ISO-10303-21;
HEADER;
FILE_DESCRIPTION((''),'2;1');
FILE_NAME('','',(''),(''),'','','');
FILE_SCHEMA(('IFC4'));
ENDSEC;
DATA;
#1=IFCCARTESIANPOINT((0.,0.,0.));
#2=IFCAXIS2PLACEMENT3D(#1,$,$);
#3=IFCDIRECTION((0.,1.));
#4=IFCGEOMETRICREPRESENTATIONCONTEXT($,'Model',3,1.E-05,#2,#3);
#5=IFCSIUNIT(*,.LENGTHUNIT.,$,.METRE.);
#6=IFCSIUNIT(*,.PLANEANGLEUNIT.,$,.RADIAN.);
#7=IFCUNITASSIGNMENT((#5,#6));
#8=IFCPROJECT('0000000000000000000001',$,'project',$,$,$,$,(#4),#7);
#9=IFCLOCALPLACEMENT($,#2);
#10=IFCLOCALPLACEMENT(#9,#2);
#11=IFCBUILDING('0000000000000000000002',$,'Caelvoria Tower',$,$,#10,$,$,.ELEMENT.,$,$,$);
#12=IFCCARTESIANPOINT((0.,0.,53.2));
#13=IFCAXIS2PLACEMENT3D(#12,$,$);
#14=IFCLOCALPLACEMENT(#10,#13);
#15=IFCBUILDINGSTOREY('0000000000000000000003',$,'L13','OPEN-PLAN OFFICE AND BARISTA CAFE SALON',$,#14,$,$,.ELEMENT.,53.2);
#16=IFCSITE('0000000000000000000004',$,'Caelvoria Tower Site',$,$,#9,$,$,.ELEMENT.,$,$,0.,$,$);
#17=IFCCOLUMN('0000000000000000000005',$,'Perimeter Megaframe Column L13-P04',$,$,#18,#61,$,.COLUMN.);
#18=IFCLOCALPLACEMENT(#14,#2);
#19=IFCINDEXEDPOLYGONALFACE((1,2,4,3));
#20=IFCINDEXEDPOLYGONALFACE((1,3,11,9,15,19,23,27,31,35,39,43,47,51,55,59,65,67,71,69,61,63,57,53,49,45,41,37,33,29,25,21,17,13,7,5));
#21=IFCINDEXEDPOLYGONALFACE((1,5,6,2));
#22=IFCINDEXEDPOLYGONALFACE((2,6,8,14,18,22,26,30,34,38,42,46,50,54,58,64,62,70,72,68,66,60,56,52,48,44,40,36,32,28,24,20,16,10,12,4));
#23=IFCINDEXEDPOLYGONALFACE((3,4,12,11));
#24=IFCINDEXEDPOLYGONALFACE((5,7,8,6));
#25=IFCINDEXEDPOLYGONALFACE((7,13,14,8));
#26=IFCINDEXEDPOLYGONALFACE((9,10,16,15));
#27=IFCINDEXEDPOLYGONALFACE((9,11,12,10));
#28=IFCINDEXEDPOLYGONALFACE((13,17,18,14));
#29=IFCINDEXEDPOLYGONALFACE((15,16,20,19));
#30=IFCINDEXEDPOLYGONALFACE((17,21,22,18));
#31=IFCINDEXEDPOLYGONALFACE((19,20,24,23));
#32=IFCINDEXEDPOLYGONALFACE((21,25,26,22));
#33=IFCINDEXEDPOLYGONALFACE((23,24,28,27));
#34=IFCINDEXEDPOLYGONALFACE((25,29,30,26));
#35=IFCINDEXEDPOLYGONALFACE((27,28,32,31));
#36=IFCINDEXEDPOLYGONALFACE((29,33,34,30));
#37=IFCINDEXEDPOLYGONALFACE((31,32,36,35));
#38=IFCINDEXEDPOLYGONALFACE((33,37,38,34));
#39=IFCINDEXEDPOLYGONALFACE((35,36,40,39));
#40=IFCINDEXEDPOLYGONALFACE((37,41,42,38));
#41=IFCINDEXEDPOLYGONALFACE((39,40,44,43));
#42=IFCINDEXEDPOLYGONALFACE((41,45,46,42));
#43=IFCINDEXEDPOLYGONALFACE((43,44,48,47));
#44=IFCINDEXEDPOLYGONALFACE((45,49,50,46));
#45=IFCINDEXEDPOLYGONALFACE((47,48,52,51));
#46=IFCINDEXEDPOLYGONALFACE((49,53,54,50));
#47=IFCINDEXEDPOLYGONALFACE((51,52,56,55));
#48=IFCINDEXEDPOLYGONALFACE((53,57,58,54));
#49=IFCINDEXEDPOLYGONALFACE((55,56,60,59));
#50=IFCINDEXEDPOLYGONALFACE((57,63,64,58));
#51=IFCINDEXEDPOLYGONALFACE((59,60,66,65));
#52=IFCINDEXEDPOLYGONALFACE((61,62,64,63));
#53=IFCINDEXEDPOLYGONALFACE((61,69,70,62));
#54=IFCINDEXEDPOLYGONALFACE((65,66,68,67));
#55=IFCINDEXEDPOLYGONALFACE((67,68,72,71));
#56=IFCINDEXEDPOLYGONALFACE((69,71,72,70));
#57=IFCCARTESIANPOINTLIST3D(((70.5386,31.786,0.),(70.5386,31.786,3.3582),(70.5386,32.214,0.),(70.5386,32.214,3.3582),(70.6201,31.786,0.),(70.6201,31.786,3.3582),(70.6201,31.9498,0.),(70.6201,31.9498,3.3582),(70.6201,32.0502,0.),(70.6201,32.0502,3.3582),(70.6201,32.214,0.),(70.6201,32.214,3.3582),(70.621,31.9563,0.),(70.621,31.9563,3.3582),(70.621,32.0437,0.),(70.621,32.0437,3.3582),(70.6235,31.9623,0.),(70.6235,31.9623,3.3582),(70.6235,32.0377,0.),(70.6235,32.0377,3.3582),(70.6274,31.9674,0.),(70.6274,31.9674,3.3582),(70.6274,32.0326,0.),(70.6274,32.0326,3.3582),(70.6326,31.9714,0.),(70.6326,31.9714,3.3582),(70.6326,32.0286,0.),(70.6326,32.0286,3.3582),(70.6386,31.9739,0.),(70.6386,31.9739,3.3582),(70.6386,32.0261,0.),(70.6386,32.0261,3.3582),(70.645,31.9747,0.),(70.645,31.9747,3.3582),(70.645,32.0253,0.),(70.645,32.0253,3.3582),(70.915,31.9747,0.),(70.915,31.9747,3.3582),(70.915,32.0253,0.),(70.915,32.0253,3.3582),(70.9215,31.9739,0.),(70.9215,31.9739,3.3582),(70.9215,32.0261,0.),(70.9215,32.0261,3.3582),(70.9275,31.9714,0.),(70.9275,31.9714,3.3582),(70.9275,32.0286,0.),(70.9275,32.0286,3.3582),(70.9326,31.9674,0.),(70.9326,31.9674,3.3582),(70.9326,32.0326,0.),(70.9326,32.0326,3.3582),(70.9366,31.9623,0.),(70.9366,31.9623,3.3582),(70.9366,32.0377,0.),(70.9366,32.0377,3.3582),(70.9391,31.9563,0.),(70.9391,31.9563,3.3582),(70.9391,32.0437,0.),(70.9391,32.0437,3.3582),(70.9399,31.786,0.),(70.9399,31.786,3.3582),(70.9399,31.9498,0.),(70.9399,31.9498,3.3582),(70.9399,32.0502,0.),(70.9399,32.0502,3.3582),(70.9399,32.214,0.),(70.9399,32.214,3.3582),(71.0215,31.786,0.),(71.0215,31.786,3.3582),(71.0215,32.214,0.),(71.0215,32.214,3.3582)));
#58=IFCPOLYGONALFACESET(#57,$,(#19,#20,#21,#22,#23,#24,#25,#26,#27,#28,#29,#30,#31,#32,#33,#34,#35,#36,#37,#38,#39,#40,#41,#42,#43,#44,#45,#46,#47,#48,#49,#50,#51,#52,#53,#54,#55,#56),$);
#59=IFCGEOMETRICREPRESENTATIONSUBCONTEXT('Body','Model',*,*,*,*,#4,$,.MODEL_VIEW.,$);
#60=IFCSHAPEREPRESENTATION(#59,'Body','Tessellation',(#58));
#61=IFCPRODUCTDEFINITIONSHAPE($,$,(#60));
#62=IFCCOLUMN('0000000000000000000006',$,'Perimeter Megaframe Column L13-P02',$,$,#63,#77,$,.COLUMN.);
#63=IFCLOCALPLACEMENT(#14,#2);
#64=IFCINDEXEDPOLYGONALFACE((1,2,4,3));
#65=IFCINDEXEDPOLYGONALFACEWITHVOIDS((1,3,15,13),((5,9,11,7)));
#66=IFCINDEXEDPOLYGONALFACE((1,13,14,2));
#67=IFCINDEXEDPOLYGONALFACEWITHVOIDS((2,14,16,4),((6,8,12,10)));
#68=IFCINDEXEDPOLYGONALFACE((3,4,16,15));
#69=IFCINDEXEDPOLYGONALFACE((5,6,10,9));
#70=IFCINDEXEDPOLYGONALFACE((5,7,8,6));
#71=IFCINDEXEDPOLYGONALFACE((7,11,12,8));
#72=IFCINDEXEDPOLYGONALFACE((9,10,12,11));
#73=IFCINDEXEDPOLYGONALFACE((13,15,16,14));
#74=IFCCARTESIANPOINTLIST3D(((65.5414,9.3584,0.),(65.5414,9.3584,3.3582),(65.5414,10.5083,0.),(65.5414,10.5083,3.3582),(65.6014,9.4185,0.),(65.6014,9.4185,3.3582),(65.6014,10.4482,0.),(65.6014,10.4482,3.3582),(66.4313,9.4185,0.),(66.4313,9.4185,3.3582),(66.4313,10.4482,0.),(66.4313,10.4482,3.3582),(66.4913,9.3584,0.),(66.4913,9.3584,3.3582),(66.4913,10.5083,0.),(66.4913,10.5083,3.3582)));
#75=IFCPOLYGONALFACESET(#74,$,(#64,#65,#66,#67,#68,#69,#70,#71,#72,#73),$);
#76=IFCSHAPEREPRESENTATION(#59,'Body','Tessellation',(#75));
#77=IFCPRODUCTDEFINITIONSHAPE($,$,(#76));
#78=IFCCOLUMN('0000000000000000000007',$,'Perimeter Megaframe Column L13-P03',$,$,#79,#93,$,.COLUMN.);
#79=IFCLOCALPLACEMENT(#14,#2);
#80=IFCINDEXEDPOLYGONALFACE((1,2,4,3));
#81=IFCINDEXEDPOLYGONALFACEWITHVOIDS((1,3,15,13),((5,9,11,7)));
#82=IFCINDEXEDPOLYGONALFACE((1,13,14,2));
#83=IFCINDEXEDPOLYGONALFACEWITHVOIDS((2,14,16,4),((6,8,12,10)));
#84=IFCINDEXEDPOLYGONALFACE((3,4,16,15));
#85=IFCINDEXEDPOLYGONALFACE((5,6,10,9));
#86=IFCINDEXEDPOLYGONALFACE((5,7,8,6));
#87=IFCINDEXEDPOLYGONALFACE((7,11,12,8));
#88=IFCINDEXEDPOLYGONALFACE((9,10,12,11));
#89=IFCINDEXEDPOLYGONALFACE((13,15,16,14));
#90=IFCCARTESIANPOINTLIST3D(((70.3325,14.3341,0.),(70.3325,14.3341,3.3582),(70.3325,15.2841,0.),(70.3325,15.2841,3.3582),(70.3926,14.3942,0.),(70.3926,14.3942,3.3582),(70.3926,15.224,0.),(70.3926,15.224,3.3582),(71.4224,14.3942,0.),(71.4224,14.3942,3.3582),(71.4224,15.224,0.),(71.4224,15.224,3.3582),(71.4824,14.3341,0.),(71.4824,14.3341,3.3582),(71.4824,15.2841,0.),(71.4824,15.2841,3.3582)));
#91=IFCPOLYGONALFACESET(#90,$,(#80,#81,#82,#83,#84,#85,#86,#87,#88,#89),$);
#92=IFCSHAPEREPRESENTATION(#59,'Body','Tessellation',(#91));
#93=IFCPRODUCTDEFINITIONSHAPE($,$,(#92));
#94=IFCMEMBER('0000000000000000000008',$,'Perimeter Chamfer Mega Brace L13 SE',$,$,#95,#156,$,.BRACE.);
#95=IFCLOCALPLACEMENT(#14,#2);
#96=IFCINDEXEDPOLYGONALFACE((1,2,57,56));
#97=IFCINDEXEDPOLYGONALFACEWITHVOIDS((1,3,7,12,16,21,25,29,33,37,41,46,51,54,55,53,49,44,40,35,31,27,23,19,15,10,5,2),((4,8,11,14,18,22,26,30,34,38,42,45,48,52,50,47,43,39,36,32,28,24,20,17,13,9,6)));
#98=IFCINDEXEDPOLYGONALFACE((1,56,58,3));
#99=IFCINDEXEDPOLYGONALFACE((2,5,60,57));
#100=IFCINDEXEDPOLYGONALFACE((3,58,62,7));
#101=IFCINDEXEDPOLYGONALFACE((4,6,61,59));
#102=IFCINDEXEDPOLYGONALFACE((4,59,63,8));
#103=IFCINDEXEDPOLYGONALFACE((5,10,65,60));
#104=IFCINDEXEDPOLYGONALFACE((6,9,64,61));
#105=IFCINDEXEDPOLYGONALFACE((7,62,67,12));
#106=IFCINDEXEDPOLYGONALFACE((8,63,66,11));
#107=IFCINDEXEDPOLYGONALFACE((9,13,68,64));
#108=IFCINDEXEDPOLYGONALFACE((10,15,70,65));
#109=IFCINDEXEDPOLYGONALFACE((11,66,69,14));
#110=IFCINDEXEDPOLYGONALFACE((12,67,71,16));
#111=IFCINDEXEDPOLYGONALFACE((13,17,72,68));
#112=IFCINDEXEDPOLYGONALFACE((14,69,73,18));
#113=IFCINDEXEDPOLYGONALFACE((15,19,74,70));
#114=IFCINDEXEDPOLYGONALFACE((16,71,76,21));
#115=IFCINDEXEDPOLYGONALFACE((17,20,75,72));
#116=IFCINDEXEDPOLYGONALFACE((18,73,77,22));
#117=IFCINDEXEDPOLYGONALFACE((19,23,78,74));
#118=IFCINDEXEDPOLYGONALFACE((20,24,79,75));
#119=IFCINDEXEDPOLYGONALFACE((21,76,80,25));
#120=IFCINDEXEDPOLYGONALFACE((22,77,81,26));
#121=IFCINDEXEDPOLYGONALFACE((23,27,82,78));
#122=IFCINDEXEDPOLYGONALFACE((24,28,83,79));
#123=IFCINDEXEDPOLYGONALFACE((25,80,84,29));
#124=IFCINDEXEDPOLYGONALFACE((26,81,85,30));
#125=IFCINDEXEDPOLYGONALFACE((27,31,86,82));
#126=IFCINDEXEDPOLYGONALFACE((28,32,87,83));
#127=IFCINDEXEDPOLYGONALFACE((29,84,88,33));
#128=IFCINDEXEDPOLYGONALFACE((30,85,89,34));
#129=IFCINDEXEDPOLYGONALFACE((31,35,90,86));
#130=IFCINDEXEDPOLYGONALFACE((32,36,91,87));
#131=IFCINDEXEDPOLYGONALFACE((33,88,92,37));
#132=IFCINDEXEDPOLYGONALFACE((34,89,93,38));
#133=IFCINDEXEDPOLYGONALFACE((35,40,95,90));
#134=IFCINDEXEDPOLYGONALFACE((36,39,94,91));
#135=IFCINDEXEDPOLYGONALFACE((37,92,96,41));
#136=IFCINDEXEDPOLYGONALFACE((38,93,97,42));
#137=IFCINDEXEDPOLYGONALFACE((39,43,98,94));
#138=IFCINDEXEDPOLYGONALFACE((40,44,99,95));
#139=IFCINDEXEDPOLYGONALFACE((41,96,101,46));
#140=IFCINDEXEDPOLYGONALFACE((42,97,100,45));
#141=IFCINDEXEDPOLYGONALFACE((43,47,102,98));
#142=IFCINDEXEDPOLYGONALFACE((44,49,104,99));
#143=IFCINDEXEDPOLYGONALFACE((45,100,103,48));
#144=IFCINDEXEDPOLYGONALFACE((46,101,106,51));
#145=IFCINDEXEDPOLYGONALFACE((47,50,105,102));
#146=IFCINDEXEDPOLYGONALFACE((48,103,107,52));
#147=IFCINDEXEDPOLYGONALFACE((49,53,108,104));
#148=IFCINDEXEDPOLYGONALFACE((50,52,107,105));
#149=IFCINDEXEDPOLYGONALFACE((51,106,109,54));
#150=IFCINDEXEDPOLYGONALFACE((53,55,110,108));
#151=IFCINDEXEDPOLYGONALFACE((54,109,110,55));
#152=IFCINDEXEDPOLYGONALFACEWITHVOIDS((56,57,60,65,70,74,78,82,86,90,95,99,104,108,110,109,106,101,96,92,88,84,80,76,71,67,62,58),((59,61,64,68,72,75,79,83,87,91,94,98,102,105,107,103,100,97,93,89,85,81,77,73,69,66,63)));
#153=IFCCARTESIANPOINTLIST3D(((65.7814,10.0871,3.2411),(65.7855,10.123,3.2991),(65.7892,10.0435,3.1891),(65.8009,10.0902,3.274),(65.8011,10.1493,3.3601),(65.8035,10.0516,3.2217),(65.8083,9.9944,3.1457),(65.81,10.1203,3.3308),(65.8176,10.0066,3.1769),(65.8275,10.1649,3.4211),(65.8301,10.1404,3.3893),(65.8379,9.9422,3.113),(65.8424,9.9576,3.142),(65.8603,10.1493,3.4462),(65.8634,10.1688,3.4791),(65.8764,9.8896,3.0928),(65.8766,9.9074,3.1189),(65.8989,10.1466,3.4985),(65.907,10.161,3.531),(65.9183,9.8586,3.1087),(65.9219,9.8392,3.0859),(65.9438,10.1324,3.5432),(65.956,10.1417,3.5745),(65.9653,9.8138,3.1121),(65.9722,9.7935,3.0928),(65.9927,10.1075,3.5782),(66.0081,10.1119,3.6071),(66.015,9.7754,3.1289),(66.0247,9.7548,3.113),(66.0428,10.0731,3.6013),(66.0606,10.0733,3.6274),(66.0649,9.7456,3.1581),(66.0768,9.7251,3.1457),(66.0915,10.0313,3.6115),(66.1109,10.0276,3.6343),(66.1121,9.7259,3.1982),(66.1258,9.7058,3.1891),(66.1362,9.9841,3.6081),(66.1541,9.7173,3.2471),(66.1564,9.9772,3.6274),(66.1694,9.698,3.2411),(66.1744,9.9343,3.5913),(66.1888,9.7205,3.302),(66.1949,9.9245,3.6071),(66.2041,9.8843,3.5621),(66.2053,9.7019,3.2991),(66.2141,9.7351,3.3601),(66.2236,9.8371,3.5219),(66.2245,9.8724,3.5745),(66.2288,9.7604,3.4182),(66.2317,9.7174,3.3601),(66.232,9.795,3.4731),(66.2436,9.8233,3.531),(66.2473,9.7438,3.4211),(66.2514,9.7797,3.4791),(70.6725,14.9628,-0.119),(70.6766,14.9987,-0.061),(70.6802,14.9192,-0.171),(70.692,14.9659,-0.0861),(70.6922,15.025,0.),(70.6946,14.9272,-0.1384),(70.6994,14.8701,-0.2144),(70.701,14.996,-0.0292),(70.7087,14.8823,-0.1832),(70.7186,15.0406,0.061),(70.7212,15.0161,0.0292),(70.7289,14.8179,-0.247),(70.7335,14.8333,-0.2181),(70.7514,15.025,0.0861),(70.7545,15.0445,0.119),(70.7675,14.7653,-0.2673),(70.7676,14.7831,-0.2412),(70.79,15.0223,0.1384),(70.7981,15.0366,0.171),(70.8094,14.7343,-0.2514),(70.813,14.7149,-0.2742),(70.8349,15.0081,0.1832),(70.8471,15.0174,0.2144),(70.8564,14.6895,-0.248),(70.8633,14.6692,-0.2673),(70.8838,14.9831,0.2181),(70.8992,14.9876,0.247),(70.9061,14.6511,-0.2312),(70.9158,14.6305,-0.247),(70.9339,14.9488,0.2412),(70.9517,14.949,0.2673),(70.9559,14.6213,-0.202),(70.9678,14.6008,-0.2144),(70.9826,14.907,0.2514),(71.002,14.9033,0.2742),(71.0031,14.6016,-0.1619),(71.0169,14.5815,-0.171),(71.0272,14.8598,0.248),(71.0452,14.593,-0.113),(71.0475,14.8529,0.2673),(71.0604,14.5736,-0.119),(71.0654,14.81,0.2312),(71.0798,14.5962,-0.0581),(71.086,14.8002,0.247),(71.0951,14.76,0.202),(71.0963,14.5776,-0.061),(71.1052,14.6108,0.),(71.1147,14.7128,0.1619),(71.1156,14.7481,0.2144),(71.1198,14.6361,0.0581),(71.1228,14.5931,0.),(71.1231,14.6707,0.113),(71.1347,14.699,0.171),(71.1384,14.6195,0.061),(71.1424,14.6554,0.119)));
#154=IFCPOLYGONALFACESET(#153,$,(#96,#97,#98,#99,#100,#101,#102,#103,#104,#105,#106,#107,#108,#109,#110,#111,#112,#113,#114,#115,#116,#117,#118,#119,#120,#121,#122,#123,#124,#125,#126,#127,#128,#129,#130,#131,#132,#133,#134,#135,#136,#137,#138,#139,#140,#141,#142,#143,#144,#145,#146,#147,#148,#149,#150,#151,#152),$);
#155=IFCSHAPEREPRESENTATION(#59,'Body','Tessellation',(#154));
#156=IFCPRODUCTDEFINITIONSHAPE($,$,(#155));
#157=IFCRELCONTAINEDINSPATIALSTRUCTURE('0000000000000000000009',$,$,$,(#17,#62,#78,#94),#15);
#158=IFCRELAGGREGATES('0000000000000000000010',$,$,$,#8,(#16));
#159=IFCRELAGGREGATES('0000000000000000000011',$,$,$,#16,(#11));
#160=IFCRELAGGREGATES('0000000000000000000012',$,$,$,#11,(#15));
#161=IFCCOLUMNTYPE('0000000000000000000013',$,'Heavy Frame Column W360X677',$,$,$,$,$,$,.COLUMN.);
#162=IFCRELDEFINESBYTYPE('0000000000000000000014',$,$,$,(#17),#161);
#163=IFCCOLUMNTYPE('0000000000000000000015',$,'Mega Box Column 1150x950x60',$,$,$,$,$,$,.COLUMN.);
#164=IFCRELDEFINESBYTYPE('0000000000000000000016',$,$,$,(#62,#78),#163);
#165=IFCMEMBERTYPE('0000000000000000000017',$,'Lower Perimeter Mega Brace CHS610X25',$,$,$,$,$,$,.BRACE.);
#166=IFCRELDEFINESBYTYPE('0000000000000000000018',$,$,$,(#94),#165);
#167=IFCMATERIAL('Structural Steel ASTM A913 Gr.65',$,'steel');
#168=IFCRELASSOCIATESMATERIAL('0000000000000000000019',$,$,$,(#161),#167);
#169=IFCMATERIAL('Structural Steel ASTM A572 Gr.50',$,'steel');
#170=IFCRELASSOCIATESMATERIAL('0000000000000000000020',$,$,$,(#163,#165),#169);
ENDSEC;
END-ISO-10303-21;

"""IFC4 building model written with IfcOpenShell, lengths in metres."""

from ifc_helpers import new_model, si_unit, direction, frame, origin, origin_2d, place, context, subcontext, project, spatial, hollow_rectangle, hollow_circle, i_section, extrude, material, material_profile, profile_set, type_object, element, save


model = new_model("IFC4")

# Units and contexts
model_context = context("Model", 3, precision=1e-05, world=origin(), true_north=direction((0.0, 1.0)))
body_context = subcontext(model_context, "Body", "Model", "MODEL_VIEW")
ifc_project = project(units=[si_unit("LENGTHUNIT", "METRE"), si_unit("PLANEANGLEUNIT", "RADIAN")], contexts=[model_context])

# Site, building, storey
site_placement = place(None, origin())
site = spatial("IfcSite", under=ifc_project, at=site_placement, Name="Caelvoria Tower Site", CompositionType="ELEMENT", RefElevation=0.0)
building_placement = place(site_placement, origin())
building = spatial("IfcBuilding", under=site, at=building_placement, Name="Caelvoria Tower", CompositionType="ELEMENT")
storey_placement = place(building_placement, frame((0.0, 0.0, 53.2)))
storey = spatial("IfcBuildingStorey", under=building, at=storey_placement, Name="L13", Description="OPEN-PLAN OFFICE AND BARISTA CAFE SALON", CompositionType="ELEMENT", Elevation=53.2)

# Columns
ifc_material_1 = material(Name="Structural Steel ASTM A913 Gr.65", Category="steel")
ifc_material_profile_1 = material_profile(ifc_material_1, i_section(OverallWidth=0.428, OverallDepth=0.4829, WebThickness=0.0505, FlangeThickness=0.0815, FilletRadius=0.0249, at=origin_2d()), Name="Structural Steel ASTM A913 Gr.65")
ifc_profile_set_1 = profile_set([ifc_material_profile_1], Name="W360X677 - Structural Steel ASTM A913 Gr.65")
column_type_1 = type_object("IfcColumnType", Name="Heavy Frame Column W360X677", PredefinedType="COLUMN", material=ifc_profile_set_1)
column_placement = place(storey_placement, frame((70.78, 32.0, 0.0), z_axis=(0.0, 0.0, 1.0), x_axis=(0.0, 1.0, 0.0)))
element("IfcColumn", 1, at=column_placement, inside=storey, type_object=column_type_1, Name="Perimeter Megaframe Column L13-P04", PredefinedType="COLUMN", context=body_context, shape_type="SweptSolid", body=[
    extrude(i_section(OverallWidth=0.428, OverallDepth=0.4829, WebThickness=0.0505, FlangeThickness=0.0815, FilletRadius=0.0249, at=origin_2d()), origin(), (0.0, 0.0, 1.0), 3.3582),
])
ifc_material_2 = material(Name="Structural Steel ASTM A572 Gr.50", Category="steel")
ifc_material_profile_2 = material_profile(ifc_material_2, hollow_rectangle(XDim=0.95, YDim=1.1499, WallThickness=0.0601, at=origin_2d()), Name="Structural Steel ASTM A572 Gr.50")
ifc_profile_set_2 = profile_set([ifc_material_profile_2], Name="BOX1150X950X60 - Structural Steel ASTM A572 Gr.50")
column_type_2 = type_object("IfcColumnType", Name="Mega Box Column 1150x950x60", PredefinedType="COLUMN", material=ifc_profile_set_2)
for number, where, z_axis, x_axis, name in (
    (2, (66.0164, 9.9333, 0.0), (0.0, 0.0, 1.0), (1.0, 0.0, 0.0), "Perimeter Megaframe Column L13-P02"),
    (3, (70.9075, 14.8091, 0.0), (0.0, 0.0, 1.0), (0.0, 1.0, 0.0), "Perimeter Megaframe Column L13-P03"),
):
    element("IfcColumn", number, at=place(storey_placement, frame(where, z_axis=z_axis, x_axis=x_axis)), inside=storey, type_object=column_type_2, Name=name, PredefinedType="COLUMN", context=body_context, shape_type="SweptSolid", body=[
        extrude(hollow_rectangle(XDim=0.95, YDim=1.1499, WallThickness=0.0601, at=origin_2d()), origin(), (0.0, 0.0, 1.0), 3.3582),
    ])

# Member
ifc_material_profile_3 = material_profile(ifc_material_2, hollow_circle(Radius=0.3049, WallThickness=0.0249, at=origin_2d()), Name="Structural Steel ASTM A572 Gr.50")
ifc_profile_set_3 = profile_set([ifc_material_profile_3], Name="CHS610X25 - Structural Steel ASTM A572 Gr.50")
member_type = type_object("IfcMemberType", Name="Lower Perimeter Mega Brace CHS610X25", PredefinedType="BRACE", material=ifc_profile_set_3)
member_placement = place(storey_placement, frame((70.9075, 14.8091, 0.0), z_axis=(-0.636844, -0.634841, 0.4375), x_axis=(0.705992, -0.708219, 0.0)))
element("IfcMember", 4, at=member_placement, inside=storey, type_object=member_type, Name="Perimeter Chamfer Mega Brace L13 SE", PredefinedType="BRACE", context=body_context, shape_type="SweptSolid", body=[
    extrude(hollow_circle(Radius=0.3049, WallThickness=0.0249, at=origin_2d()), origin(), (0.0, 0.0, 1.0), 7.6802),
])

save(model, "model.ifc")
